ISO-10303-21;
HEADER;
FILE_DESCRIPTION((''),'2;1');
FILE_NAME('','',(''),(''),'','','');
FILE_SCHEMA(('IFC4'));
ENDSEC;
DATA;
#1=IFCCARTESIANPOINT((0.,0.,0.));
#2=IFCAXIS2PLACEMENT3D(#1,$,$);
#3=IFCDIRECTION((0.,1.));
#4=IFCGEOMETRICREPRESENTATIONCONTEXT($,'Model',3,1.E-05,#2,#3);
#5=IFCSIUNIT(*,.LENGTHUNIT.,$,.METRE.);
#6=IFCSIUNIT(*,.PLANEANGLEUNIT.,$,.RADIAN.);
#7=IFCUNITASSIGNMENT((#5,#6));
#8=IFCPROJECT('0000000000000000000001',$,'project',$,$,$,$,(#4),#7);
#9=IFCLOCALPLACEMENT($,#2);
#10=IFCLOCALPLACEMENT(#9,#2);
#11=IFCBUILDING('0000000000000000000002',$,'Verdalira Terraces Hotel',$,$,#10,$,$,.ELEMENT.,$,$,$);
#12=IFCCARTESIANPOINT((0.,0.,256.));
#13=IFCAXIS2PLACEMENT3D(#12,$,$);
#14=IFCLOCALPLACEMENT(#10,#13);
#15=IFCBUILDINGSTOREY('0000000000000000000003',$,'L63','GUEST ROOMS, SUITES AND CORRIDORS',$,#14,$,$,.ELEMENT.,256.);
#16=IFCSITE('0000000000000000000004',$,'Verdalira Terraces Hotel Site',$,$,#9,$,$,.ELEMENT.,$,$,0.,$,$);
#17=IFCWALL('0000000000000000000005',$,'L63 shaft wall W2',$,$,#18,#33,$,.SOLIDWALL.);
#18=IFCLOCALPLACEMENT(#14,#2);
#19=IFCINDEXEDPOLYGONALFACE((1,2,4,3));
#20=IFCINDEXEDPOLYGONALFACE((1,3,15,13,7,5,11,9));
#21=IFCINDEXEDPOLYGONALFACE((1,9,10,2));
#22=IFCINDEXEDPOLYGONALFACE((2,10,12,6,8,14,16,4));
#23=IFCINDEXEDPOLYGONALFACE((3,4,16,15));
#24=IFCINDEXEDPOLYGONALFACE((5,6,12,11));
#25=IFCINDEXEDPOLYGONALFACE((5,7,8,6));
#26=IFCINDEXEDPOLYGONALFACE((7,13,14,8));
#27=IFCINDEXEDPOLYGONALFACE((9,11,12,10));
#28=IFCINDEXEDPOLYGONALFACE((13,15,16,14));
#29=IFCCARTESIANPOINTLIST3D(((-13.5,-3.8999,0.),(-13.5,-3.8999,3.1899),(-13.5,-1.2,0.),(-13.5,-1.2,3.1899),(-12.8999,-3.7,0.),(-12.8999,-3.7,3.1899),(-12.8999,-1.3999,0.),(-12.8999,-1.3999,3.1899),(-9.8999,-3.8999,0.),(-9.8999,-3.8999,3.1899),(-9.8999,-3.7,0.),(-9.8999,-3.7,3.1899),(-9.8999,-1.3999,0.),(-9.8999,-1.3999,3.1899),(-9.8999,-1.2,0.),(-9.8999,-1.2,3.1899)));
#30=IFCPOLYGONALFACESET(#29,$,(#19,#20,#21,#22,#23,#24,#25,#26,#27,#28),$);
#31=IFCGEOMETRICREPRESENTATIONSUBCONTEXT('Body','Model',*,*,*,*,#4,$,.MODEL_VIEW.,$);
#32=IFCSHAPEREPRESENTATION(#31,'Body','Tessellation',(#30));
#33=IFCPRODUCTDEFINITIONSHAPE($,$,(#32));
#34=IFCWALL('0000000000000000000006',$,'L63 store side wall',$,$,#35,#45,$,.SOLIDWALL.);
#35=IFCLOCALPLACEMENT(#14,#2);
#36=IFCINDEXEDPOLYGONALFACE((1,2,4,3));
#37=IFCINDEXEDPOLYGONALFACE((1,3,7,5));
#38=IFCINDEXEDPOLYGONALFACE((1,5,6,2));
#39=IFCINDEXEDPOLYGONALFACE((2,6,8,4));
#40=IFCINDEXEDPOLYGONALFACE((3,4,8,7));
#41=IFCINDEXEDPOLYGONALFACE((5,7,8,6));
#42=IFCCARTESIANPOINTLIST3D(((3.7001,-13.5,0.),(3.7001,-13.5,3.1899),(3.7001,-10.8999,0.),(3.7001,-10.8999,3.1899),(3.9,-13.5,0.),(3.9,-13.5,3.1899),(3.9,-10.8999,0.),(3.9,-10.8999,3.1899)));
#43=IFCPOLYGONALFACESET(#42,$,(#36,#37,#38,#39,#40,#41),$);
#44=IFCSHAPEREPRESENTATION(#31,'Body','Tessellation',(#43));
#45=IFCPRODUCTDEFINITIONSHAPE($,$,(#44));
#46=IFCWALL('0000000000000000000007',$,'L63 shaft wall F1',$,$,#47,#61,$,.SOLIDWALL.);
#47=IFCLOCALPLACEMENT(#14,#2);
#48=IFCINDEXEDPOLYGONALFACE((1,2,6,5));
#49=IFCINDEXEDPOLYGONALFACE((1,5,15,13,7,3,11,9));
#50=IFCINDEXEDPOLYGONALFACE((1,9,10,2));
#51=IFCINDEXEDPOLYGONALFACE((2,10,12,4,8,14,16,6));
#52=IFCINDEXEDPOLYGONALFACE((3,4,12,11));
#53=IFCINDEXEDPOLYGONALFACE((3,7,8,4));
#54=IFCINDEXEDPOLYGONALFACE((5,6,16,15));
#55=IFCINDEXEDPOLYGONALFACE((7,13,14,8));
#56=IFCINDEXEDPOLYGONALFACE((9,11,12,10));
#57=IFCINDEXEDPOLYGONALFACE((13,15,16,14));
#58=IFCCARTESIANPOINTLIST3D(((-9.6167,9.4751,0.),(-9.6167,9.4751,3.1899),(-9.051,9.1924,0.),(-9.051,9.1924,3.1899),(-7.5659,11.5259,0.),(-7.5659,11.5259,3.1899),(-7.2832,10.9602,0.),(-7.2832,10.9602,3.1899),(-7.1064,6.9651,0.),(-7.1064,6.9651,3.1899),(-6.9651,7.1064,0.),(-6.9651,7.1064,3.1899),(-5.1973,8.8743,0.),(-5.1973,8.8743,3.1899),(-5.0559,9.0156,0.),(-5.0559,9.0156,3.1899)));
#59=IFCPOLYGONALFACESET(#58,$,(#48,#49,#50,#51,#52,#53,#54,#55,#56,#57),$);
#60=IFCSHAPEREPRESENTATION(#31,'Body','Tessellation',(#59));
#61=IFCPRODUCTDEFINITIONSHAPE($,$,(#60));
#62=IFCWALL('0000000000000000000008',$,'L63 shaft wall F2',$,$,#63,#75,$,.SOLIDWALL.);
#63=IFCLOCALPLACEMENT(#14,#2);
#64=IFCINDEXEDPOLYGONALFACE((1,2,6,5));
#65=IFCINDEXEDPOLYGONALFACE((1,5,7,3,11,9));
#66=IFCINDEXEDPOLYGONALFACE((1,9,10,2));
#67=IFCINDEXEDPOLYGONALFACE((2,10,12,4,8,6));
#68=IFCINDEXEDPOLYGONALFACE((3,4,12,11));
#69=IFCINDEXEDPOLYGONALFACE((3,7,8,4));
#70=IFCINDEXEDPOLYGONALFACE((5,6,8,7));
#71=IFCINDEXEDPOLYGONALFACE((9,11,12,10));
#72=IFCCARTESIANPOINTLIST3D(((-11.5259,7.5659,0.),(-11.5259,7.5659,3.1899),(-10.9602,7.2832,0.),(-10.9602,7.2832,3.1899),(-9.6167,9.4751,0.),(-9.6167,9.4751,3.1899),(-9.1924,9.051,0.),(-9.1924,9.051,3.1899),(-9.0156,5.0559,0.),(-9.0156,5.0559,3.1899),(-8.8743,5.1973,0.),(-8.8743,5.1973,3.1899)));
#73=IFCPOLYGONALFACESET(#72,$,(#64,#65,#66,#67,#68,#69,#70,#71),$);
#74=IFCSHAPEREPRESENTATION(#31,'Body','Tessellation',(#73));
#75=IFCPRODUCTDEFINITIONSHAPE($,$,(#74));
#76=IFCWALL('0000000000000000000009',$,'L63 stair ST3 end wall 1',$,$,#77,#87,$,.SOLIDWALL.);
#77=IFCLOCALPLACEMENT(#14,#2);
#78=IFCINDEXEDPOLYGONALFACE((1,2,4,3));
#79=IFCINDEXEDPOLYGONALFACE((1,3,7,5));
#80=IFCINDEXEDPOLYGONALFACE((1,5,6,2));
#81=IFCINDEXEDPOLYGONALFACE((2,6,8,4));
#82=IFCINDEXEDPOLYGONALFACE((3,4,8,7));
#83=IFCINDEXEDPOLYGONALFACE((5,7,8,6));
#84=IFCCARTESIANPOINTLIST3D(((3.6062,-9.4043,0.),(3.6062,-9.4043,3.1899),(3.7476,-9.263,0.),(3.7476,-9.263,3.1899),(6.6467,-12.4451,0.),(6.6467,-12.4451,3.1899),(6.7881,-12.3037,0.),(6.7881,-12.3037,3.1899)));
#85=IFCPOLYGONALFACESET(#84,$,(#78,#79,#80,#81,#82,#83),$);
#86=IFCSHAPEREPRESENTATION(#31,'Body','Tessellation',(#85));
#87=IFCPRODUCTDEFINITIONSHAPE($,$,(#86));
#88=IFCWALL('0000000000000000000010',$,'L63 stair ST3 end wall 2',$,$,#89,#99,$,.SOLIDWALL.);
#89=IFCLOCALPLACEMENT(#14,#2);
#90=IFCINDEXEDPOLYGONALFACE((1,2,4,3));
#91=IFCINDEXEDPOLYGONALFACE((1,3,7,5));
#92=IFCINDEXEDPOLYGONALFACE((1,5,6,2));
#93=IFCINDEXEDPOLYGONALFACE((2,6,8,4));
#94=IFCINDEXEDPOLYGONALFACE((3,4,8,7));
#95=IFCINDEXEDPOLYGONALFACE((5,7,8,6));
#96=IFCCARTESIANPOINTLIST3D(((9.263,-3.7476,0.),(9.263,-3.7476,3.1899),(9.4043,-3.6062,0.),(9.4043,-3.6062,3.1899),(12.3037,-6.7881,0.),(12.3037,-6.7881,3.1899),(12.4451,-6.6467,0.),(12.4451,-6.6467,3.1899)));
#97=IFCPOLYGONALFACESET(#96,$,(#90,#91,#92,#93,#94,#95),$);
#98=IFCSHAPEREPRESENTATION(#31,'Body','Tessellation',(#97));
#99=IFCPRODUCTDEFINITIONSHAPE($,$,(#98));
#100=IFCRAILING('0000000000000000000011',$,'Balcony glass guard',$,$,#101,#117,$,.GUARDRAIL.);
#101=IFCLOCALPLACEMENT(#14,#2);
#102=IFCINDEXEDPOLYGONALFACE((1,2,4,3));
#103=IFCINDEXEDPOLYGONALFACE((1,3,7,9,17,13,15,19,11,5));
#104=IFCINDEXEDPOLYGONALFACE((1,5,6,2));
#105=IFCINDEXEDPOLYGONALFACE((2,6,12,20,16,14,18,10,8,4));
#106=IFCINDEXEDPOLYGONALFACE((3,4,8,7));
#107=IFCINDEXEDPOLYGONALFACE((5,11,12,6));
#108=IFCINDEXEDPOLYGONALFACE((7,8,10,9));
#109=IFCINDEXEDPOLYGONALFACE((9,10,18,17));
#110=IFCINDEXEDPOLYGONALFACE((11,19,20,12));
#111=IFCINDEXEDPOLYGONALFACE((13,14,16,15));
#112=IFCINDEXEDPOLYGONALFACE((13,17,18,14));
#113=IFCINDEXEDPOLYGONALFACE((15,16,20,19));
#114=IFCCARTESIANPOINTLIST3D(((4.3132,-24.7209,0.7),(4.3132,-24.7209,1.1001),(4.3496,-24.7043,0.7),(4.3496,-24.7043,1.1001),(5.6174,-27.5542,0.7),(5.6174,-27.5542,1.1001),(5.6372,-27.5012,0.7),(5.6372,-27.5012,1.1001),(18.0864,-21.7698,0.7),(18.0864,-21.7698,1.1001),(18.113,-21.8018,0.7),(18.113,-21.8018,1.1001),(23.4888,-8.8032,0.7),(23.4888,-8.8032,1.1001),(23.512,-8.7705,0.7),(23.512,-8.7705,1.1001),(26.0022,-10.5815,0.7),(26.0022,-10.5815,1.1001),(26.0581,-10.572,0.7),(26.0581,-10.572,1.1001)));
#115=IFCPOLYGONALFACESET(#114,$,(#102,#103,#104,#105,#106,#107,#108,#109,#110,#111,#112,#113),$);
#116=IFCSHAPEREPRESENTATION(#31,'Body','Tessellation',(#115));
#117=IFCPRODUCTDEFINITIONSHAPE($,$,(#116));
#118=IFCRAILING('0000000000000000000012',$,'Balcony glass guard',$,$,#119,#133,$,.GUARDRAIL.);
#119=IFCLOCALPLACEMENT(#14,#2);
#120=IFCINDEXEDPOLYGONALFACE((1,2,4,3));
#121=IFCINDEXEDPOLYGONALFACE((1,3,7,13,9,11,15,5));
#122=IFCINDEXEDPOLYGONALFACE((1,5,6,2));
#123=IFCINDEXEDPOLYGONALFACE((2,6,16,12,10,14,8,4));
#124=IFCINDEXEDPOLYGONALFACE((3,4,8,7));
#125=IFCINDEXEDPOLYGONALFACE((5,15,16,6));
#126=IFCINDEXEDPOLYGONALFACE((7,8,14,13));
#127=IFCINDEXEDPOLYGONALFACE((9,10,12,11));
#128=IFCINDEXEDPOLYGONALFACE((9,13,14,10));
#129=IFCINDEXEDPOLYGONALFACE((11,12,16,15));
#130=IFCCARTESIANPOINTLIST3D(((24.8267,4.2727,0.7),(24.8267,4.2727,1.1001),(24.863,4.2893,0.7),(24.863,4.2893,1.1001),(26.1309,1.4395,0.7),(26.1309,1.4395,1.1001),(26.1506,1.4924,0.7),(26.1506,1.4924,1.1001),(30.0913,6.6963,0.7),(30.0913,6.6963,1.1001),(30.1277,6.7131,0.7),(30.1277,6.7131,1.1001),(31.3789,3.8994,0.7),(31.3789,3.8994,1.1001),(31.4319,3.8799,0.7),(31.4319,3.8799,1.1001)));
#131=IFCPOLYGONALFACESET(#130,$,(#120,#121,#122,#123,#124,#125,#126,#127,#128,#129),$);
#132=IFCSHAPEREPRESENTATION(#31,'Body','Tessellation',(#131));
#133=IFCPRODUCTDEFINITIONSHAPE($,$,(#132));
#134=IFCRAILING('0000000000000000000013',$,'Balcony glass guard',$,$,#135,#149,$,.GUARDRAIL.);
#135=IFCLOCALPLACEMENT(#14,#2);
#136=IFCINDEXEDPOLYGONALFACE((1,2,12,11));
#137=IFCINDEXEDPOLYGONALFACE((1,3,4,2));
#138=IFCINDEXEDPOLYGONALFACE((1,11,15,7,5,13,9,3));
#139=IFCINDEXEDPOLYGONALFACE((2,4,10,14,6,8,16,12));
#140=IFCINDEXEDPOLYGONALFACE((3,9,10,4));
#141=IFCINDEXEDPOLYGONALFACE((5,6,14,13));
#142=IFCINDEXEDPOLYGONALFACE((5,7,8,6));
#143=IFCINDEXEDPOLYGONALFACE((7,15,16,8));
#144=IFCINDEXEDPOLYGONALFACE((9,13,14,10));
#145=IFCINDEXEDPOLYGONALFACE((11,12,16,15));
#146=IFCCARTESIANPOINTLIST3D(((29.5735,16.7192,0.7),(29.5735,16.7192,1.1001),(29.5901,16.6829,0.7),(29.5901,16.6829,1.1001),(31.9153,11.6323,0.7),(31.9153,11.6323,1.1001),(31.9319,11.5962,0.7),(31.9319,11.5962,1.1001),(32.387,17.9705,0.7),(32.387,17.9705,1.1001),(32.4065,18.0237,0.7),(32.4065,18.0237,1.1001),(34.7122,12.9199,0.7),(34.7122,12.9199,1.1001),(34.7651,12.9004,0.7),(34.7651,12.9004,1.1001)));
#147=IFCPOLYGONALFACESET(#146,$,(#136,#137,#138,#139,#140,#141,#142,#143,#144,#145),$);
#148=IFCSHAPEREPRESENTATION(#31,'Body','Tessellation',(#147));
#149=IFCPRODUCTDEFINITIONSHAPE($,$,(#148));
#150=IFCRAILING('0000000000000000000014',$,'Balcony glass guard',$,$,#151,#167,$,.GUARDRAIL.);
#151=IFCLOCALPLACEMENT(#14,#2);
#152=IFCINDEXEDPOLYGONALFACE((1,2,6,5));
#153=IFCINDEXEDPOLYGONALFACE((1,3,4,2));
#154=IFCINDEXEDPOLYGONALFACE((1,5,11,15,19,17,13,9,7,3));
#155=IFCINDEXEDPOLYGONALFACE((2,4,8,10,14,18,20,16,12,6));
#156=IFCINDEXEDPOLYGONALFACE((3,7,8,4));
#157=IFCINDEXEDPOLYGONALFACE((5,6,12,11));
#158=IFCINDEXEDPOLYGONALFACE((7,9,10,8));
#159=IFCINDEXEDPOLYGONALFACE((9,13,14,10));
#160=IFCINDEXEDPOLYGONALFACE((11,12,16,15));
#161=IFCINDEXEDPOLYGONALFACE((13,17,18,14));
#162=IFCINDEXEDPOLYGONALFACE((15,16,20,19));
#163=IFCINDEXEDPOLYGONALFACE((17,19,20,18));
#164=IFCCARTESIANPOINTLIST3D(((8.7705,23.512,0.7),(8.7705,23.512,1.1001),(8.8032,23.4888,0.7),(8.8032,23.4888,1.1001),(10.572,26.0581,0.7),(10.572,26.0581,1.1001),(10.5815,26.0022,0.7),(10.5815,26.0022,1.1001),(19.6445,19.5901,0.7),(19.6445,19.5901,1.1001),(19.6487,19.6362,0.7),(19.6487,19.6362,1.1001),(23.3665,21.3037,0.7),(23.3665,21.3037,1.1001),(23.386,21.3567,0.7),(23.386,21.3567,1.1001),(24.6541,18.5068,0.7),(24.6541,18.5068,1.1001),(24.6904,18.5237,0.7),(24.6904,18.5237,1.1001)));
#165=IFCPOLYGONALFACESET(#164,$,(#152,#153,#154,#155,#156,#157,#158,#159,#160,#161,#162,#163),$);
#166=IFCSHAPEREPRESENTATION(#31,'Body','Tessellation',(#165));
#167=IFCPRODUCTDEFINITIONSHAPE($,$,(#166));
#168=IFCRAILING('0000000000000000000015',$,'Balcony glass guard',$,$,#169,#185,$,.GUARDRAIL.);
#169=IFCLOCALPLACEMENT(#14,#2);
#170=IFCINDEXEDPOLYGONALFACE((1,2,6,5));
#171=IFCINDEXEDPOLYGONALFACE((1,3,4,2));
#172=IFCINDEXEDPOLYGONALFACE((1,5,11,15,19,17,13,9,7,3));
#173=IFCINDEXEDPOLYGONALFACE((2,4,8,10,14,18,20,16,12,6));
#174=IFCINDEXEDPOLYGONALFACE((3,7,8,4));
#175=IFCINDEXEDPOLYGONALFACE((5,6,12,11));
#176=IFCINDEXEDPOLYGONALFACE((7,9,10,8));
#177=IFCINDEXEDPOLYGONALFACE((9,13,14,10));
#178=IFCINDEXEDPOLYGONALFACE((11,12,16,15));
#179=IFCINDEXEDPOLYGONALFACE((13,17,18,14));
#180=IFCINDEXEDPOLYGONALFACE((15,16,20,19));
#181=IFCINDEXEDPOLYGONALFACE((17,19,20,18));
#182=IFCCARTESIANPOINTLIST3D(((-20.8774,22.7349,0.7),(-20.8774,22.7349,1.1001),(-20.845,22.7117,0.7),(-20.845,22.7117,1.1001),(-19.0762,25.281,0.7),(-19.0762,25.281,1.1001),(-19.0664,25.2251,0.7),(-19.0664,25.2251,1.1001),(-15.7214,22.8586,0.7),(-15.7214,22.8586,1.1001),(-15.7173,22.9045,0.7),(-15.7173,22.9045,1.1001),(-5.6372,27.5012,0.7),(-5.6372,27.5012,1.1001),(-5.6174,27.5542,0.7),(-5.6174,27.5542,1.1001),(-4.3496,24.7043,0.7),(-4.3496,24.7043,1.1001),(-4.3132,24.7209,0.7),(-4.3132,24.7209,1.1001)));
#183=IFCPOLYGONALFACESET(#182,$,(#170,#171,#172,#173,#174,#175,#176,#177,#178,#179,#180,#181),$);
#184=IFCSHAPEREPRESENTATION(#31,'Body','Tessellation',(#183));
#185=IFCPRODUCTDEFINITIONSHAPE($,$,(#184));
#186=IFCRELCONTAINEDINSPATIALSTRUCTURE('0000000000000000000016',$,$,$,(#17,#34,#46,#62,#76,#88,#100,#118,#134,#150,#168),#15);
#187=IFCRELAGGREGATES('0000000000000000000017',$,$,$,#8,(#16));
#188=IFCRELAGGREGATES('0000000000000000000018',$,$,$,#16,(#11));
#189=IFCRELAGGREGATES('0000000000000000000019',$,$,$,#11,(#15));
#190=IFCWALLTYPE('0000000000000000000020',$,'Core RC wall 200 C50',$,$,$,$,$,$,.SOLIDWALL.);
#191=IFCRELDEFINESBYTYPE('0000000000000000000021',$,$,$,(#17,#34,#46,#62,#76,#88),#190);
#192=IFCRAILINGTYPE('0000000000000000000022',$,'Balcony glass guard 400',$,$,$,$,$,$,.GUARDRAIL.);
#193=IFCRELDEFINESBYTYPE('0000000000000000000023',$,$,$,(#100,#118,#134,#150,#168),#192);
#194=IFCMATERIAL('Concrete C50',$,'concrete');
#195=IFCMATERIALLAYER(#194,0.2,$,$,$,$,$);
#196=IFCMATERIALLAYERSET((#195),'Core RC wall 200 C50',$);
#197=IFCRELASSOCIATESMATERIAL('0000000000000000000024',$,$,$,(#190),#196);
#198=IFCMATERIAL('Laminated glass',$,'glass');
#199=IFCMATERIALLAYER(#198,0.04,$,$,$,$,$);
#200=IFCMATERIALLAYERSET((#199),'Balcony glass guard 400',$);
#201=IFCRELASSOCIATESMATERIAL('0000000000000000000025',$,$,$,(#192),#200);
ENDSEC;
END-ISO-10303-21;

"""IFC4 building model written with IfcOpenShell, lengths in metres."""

from ifc_helpers import new_model, si_unit, direction, frame, frame_2d, origin, place, context, subcontext, project, spatial, polyline, rectangle, outline, extrude, material, layer, layer_set, type_object, element, save


model = new_model("IFC4")

# Units and contexts
model_context = context("Model", 3, precision=1e-05, world=origin(), true_north=direction((0.0, 1.0)))
body_context = subcontext(model_context, "Body", "Model", "MODEL_VIEW")
ifc_project = project(units=[si_unit("LENGTHUNIT", "METRE"), si_unit("PLANEANGLEUNIT", "RADIAN")], contexts=[model_context])

# Site, building, storey
site_placement = place(None, origin())
site = spatial("IfcSite", under=ifc_project, at=site_placement, Name="Verdalira Terraces Hotel Site", CompositionType="ELEMENT", RefElevation=0.0)
building_placement = place(site_placement, origin())
building = spatial("IfcBuilding", under=site, at=building_placement, Name="Verdalira Terraces Hotel", CompositionType="ELEMENT")
storey_placement = place(building_placement, frame((0.0, 0.0, 256.0)))
storey = spatial("IfcBuildingStorey", under=building, at=storey_placement, Name="L63", Description="GUEST ROOMS, SUITES AND CORRIDORS", CompositionType="ELEMENT", Elevation=256.0)

# Walls
ifc_material_1 = material(Name="Concrete C50", Category="concrete")
ifc_layer_1 = layer(ifc_material_1, 0.2)
ifc_layer_set_1 = layer_set([ifc_layer_1], Name="Core RC wall 200 C50")
wall_type_1 = type_object("IfcWallType", Name="Core RC wall 200 C50", PredefinedType="SOLIDWALL", material=ifc_layer_set_1)
wall_1_placement = place(storey_placement, origin())
element("IfcWall", 1, at=wall_1_placement, inside=storey, type_object=wall_type_1, Name="L63 shaft wall W2", PredefinedType="SOLIDWALL", context=body_context, shape_type="SweptSolid", body=[
    extrude(outline(polyline([(-13.5, -3.8999), (-13.5, -1.2), (-9.8999, -1.2), (-9.8999, -1.3999), (-12.8999, -1.3999), (-12.8999, -3.7), (-9.8999, -3.7), (-9.8999, -3.8999), (-13.5, -3.8999)])), origin(), (0.0, 0.0, 1.0), 3.1899),
])
wall_2_placement = place(storey_placement, frame((3.8, -10.8999, 0.0), z_axis=(0.0, 0.0, 1.0), x_axis=(0.0, -1.0, 0.0)))
element("IfcWall", 2, at=wall_2_placement, inside=storey, type_object=wall_type_1, Name="L63 store side wall", PredefinedType="SOLIDWALL", context=body_context, shape_type="SweptSolid", body=[
    extrude(rectangle(XDim=2.6001, YDim=0.2, at=frame_2d((1.3, 0.0))), origin(), (0.0, 0.0, 1.0), 3.1899),
])
wall_3_placement = place(storey_placement, origin())
element("IfcWall", 3, at=wall_3_placement, inside=storey, type_object=wall_type_1, Name="L63 shaft wall F1", PredefinedType="SOLIDWALL", context=body_context, shape_type="SweptSolid", body=[
    extrude(outline(polyline([(-9.6167, 9.4751), (-7.5659, 11.5259), (-5.0559, 9.0156), (-5.1973, 8.8743), (-7.2832, 10.9602), (-9.051, 9.1924), (-6.9651, 7.1064), (-7.1064, 6.9651), (-9.6167, 9.4751)])), origin(), (0.0, 0.0, 1.0), 3.1899),
])
wall_4_placement = place(storey_placement, origin())
element("IfcWall", 4, at=wall_4_placement, inside=storey, type_object=wall_type_1, Name="L63 shaft wall F2", PredefinedType="SOLIDWALL", context=body_context, shape_type="SweptSolid", body=[
    extrude(outline(polyline([(-11.5259, 7.5659), (-9.6167, 9.4751), (-9.1924, 9.051), (-10.9602, 7.2832), (-8.8743, 5.1973), (-9.0156, 5.0559), (-11.5259, 7.5659)])), origin(), (0.0, 0.0, 1.0), 3.1899),
])
for number, where, z_axis, x_axis, name in (
    (5, (3.677, -9.3337, 0.0), (0.0, 0.0, 1.0), (0.707078, -0.707135, 0.0), "L63 stair ST3 end wall 1"),
    (6, (9.3337, -3.677, 0.0), (0.0, 0.0, 1.0), (0.707135, -0.707078, 0.0), "L63 stair ST3 end wall 2"),
):
    element("IfcWall", number, at=place(storey_placement, frame(where, z_axis=z_axis, x_axis=x_axis)), inside=storey, type_object=wall_type_1, Name=name, PredefinedType="SOLIDWALL", context=body_context, shape_type="SweptSolid", body=[
        extrude(rectangle(XDim=4.3, YDim=0.2, at=frame_2d((2.1499, 0.0))), origin(), (0.0, 0.0, 1.0), 3.1899),
    ])

# Railings
ifc_material_2 = material(Name="Laminated glass", Category="glass")
ifc_layer_2 = layer(ifc_material_2, 0.04)
ifc_layer_set_2 = layer_set([ifc_layer_2], Name="Balcony glass guard 400")
railing_type_1 = type_object("IfcRailingType", Name="Balcony glass guard 400", PredefinedType="GUARDRAIL", material=ifc_layer_set_2)
railing_1_placement = place(storey_placement, frame((0.0, 0.0, 0.7)))
element("IfcRailing", 7, at=railing_1_placement, inside=storey, type_object=railing_type_1, Name="Balcony glass guard", PredefinedType="GUARDRAIL", context=body_context, shape_type="SweptSolid", body=[
    extrude(outline(polyline([(5.6372, -27.5012), (18.0864, -21.7698), (26.0022, -10.5815), (23.4888, -8.8032), (23.512, -8.7705), (26.0581, -10.572), (18.113, -21.8018), (5.6174, -27.5542), (4.3132, -24.7209), (4.3496, -24.7043), (5.6372, -27.5012)])), origin(), (0.0, 0.0, 1.0), 0.4001),
])
railing_2_placement = place(storey_placement, frame((0.0, 0.0, 0.7)))
element("IfcRailing", 8, at=railing_2_placement, inside=storey, type_object=railing_type_1, Name="Balcony glass guard", PredefinedType="GUARDRAIL", context=body_context, shape_type="SweptSolid", body=[
    extrude(outline(polyline([(26.1506, 1.4924), (31.3789, 3.8994), (30.0913, 6.6963), (30.1277, 6.7131), (31.4319, 3.8799), (26.1309, 1.4395), (24.8267, 4.2727), (24.863, 4.2893), (26.1506, 1.4924)])), origin(), (0.0, 0.0, 1.0), 0.4001),
])
railing_3_placement = place(storey_placement, frame((0.0, 0.0, 0.7)))
element("IfcRailing", 9, at=railing_3_placement, inside=storey, type_object=railing_type_1, Name="Balcony glass guard", PredefinedType="GUARDRAIL", context=body_context, shape_type="SweptSolid", body=[
    extrude(outline(polyline([(34.7122, 12.9199), (32.387, 17.9705), (29.5901, 16.6829), (29.5735, 16.7192), (32.4065, 18.0237), (34.7651, 12.9004), (31.9319, 11.5962), (31.9153, 11.6323), (34.7122, 12.9199)])), origin(), (0.0, 0.0, 1.0), 0.4001),
])
railing_4_placement = place(storey_placement, frame((0.0, 0.0, 0.7)))
element("IfcRailing", 10, at=railing_4_placement, inside=storey, type_object=railing_type_1, Name="Balcony glass guard", PredefinedType="GUARDRAIL", context=body_context, shape_type="SweptSolid", body=[
    extrude(outline(polyline([(23.3665, 21.3037), (19.6445, 19.5901), (10.5815, 26.0022), (8.8032, 23.4888), (8.7705, 23.512), (10.572, 26.0581), (19.6487, 19.6362), (23.386, 21.3567), (24.6904, 18.5237), (24.6541, 18.5068), (23.3665, 21.3037)])), origin(), (0.0, 0.0, 1.0), 0.4001),
])
railing_5_placement = place(storey_placement, frame((0.0, 0.0, 0.7)))
element("IfcRailing", 11, at=railing_5_placement, inside=storey, type_object=railing_type_1, Name="Balcony glass guard", PredefinedType="GUARDRAIL", context=body_context, shape_type="SweptSolid", body=[
    extrude(outline(polyline([(-5.6372, 27.5012), (-15.7214, 22.8586), (-19.0664, 25.2251), (-20.845, 22.7117), (-20.8774, 22.7349), (-19.0762, 25.281), (-15.7173, 22.9045), (-5.6174, 27.5542), (-4.3132, 24.7209), (-4.3496, 24.7043), (-5.6372, 27.5012)])), origin(), (0.0, 0.0, 1.0), 0.4001),
])

save(model, "model.ifc")
